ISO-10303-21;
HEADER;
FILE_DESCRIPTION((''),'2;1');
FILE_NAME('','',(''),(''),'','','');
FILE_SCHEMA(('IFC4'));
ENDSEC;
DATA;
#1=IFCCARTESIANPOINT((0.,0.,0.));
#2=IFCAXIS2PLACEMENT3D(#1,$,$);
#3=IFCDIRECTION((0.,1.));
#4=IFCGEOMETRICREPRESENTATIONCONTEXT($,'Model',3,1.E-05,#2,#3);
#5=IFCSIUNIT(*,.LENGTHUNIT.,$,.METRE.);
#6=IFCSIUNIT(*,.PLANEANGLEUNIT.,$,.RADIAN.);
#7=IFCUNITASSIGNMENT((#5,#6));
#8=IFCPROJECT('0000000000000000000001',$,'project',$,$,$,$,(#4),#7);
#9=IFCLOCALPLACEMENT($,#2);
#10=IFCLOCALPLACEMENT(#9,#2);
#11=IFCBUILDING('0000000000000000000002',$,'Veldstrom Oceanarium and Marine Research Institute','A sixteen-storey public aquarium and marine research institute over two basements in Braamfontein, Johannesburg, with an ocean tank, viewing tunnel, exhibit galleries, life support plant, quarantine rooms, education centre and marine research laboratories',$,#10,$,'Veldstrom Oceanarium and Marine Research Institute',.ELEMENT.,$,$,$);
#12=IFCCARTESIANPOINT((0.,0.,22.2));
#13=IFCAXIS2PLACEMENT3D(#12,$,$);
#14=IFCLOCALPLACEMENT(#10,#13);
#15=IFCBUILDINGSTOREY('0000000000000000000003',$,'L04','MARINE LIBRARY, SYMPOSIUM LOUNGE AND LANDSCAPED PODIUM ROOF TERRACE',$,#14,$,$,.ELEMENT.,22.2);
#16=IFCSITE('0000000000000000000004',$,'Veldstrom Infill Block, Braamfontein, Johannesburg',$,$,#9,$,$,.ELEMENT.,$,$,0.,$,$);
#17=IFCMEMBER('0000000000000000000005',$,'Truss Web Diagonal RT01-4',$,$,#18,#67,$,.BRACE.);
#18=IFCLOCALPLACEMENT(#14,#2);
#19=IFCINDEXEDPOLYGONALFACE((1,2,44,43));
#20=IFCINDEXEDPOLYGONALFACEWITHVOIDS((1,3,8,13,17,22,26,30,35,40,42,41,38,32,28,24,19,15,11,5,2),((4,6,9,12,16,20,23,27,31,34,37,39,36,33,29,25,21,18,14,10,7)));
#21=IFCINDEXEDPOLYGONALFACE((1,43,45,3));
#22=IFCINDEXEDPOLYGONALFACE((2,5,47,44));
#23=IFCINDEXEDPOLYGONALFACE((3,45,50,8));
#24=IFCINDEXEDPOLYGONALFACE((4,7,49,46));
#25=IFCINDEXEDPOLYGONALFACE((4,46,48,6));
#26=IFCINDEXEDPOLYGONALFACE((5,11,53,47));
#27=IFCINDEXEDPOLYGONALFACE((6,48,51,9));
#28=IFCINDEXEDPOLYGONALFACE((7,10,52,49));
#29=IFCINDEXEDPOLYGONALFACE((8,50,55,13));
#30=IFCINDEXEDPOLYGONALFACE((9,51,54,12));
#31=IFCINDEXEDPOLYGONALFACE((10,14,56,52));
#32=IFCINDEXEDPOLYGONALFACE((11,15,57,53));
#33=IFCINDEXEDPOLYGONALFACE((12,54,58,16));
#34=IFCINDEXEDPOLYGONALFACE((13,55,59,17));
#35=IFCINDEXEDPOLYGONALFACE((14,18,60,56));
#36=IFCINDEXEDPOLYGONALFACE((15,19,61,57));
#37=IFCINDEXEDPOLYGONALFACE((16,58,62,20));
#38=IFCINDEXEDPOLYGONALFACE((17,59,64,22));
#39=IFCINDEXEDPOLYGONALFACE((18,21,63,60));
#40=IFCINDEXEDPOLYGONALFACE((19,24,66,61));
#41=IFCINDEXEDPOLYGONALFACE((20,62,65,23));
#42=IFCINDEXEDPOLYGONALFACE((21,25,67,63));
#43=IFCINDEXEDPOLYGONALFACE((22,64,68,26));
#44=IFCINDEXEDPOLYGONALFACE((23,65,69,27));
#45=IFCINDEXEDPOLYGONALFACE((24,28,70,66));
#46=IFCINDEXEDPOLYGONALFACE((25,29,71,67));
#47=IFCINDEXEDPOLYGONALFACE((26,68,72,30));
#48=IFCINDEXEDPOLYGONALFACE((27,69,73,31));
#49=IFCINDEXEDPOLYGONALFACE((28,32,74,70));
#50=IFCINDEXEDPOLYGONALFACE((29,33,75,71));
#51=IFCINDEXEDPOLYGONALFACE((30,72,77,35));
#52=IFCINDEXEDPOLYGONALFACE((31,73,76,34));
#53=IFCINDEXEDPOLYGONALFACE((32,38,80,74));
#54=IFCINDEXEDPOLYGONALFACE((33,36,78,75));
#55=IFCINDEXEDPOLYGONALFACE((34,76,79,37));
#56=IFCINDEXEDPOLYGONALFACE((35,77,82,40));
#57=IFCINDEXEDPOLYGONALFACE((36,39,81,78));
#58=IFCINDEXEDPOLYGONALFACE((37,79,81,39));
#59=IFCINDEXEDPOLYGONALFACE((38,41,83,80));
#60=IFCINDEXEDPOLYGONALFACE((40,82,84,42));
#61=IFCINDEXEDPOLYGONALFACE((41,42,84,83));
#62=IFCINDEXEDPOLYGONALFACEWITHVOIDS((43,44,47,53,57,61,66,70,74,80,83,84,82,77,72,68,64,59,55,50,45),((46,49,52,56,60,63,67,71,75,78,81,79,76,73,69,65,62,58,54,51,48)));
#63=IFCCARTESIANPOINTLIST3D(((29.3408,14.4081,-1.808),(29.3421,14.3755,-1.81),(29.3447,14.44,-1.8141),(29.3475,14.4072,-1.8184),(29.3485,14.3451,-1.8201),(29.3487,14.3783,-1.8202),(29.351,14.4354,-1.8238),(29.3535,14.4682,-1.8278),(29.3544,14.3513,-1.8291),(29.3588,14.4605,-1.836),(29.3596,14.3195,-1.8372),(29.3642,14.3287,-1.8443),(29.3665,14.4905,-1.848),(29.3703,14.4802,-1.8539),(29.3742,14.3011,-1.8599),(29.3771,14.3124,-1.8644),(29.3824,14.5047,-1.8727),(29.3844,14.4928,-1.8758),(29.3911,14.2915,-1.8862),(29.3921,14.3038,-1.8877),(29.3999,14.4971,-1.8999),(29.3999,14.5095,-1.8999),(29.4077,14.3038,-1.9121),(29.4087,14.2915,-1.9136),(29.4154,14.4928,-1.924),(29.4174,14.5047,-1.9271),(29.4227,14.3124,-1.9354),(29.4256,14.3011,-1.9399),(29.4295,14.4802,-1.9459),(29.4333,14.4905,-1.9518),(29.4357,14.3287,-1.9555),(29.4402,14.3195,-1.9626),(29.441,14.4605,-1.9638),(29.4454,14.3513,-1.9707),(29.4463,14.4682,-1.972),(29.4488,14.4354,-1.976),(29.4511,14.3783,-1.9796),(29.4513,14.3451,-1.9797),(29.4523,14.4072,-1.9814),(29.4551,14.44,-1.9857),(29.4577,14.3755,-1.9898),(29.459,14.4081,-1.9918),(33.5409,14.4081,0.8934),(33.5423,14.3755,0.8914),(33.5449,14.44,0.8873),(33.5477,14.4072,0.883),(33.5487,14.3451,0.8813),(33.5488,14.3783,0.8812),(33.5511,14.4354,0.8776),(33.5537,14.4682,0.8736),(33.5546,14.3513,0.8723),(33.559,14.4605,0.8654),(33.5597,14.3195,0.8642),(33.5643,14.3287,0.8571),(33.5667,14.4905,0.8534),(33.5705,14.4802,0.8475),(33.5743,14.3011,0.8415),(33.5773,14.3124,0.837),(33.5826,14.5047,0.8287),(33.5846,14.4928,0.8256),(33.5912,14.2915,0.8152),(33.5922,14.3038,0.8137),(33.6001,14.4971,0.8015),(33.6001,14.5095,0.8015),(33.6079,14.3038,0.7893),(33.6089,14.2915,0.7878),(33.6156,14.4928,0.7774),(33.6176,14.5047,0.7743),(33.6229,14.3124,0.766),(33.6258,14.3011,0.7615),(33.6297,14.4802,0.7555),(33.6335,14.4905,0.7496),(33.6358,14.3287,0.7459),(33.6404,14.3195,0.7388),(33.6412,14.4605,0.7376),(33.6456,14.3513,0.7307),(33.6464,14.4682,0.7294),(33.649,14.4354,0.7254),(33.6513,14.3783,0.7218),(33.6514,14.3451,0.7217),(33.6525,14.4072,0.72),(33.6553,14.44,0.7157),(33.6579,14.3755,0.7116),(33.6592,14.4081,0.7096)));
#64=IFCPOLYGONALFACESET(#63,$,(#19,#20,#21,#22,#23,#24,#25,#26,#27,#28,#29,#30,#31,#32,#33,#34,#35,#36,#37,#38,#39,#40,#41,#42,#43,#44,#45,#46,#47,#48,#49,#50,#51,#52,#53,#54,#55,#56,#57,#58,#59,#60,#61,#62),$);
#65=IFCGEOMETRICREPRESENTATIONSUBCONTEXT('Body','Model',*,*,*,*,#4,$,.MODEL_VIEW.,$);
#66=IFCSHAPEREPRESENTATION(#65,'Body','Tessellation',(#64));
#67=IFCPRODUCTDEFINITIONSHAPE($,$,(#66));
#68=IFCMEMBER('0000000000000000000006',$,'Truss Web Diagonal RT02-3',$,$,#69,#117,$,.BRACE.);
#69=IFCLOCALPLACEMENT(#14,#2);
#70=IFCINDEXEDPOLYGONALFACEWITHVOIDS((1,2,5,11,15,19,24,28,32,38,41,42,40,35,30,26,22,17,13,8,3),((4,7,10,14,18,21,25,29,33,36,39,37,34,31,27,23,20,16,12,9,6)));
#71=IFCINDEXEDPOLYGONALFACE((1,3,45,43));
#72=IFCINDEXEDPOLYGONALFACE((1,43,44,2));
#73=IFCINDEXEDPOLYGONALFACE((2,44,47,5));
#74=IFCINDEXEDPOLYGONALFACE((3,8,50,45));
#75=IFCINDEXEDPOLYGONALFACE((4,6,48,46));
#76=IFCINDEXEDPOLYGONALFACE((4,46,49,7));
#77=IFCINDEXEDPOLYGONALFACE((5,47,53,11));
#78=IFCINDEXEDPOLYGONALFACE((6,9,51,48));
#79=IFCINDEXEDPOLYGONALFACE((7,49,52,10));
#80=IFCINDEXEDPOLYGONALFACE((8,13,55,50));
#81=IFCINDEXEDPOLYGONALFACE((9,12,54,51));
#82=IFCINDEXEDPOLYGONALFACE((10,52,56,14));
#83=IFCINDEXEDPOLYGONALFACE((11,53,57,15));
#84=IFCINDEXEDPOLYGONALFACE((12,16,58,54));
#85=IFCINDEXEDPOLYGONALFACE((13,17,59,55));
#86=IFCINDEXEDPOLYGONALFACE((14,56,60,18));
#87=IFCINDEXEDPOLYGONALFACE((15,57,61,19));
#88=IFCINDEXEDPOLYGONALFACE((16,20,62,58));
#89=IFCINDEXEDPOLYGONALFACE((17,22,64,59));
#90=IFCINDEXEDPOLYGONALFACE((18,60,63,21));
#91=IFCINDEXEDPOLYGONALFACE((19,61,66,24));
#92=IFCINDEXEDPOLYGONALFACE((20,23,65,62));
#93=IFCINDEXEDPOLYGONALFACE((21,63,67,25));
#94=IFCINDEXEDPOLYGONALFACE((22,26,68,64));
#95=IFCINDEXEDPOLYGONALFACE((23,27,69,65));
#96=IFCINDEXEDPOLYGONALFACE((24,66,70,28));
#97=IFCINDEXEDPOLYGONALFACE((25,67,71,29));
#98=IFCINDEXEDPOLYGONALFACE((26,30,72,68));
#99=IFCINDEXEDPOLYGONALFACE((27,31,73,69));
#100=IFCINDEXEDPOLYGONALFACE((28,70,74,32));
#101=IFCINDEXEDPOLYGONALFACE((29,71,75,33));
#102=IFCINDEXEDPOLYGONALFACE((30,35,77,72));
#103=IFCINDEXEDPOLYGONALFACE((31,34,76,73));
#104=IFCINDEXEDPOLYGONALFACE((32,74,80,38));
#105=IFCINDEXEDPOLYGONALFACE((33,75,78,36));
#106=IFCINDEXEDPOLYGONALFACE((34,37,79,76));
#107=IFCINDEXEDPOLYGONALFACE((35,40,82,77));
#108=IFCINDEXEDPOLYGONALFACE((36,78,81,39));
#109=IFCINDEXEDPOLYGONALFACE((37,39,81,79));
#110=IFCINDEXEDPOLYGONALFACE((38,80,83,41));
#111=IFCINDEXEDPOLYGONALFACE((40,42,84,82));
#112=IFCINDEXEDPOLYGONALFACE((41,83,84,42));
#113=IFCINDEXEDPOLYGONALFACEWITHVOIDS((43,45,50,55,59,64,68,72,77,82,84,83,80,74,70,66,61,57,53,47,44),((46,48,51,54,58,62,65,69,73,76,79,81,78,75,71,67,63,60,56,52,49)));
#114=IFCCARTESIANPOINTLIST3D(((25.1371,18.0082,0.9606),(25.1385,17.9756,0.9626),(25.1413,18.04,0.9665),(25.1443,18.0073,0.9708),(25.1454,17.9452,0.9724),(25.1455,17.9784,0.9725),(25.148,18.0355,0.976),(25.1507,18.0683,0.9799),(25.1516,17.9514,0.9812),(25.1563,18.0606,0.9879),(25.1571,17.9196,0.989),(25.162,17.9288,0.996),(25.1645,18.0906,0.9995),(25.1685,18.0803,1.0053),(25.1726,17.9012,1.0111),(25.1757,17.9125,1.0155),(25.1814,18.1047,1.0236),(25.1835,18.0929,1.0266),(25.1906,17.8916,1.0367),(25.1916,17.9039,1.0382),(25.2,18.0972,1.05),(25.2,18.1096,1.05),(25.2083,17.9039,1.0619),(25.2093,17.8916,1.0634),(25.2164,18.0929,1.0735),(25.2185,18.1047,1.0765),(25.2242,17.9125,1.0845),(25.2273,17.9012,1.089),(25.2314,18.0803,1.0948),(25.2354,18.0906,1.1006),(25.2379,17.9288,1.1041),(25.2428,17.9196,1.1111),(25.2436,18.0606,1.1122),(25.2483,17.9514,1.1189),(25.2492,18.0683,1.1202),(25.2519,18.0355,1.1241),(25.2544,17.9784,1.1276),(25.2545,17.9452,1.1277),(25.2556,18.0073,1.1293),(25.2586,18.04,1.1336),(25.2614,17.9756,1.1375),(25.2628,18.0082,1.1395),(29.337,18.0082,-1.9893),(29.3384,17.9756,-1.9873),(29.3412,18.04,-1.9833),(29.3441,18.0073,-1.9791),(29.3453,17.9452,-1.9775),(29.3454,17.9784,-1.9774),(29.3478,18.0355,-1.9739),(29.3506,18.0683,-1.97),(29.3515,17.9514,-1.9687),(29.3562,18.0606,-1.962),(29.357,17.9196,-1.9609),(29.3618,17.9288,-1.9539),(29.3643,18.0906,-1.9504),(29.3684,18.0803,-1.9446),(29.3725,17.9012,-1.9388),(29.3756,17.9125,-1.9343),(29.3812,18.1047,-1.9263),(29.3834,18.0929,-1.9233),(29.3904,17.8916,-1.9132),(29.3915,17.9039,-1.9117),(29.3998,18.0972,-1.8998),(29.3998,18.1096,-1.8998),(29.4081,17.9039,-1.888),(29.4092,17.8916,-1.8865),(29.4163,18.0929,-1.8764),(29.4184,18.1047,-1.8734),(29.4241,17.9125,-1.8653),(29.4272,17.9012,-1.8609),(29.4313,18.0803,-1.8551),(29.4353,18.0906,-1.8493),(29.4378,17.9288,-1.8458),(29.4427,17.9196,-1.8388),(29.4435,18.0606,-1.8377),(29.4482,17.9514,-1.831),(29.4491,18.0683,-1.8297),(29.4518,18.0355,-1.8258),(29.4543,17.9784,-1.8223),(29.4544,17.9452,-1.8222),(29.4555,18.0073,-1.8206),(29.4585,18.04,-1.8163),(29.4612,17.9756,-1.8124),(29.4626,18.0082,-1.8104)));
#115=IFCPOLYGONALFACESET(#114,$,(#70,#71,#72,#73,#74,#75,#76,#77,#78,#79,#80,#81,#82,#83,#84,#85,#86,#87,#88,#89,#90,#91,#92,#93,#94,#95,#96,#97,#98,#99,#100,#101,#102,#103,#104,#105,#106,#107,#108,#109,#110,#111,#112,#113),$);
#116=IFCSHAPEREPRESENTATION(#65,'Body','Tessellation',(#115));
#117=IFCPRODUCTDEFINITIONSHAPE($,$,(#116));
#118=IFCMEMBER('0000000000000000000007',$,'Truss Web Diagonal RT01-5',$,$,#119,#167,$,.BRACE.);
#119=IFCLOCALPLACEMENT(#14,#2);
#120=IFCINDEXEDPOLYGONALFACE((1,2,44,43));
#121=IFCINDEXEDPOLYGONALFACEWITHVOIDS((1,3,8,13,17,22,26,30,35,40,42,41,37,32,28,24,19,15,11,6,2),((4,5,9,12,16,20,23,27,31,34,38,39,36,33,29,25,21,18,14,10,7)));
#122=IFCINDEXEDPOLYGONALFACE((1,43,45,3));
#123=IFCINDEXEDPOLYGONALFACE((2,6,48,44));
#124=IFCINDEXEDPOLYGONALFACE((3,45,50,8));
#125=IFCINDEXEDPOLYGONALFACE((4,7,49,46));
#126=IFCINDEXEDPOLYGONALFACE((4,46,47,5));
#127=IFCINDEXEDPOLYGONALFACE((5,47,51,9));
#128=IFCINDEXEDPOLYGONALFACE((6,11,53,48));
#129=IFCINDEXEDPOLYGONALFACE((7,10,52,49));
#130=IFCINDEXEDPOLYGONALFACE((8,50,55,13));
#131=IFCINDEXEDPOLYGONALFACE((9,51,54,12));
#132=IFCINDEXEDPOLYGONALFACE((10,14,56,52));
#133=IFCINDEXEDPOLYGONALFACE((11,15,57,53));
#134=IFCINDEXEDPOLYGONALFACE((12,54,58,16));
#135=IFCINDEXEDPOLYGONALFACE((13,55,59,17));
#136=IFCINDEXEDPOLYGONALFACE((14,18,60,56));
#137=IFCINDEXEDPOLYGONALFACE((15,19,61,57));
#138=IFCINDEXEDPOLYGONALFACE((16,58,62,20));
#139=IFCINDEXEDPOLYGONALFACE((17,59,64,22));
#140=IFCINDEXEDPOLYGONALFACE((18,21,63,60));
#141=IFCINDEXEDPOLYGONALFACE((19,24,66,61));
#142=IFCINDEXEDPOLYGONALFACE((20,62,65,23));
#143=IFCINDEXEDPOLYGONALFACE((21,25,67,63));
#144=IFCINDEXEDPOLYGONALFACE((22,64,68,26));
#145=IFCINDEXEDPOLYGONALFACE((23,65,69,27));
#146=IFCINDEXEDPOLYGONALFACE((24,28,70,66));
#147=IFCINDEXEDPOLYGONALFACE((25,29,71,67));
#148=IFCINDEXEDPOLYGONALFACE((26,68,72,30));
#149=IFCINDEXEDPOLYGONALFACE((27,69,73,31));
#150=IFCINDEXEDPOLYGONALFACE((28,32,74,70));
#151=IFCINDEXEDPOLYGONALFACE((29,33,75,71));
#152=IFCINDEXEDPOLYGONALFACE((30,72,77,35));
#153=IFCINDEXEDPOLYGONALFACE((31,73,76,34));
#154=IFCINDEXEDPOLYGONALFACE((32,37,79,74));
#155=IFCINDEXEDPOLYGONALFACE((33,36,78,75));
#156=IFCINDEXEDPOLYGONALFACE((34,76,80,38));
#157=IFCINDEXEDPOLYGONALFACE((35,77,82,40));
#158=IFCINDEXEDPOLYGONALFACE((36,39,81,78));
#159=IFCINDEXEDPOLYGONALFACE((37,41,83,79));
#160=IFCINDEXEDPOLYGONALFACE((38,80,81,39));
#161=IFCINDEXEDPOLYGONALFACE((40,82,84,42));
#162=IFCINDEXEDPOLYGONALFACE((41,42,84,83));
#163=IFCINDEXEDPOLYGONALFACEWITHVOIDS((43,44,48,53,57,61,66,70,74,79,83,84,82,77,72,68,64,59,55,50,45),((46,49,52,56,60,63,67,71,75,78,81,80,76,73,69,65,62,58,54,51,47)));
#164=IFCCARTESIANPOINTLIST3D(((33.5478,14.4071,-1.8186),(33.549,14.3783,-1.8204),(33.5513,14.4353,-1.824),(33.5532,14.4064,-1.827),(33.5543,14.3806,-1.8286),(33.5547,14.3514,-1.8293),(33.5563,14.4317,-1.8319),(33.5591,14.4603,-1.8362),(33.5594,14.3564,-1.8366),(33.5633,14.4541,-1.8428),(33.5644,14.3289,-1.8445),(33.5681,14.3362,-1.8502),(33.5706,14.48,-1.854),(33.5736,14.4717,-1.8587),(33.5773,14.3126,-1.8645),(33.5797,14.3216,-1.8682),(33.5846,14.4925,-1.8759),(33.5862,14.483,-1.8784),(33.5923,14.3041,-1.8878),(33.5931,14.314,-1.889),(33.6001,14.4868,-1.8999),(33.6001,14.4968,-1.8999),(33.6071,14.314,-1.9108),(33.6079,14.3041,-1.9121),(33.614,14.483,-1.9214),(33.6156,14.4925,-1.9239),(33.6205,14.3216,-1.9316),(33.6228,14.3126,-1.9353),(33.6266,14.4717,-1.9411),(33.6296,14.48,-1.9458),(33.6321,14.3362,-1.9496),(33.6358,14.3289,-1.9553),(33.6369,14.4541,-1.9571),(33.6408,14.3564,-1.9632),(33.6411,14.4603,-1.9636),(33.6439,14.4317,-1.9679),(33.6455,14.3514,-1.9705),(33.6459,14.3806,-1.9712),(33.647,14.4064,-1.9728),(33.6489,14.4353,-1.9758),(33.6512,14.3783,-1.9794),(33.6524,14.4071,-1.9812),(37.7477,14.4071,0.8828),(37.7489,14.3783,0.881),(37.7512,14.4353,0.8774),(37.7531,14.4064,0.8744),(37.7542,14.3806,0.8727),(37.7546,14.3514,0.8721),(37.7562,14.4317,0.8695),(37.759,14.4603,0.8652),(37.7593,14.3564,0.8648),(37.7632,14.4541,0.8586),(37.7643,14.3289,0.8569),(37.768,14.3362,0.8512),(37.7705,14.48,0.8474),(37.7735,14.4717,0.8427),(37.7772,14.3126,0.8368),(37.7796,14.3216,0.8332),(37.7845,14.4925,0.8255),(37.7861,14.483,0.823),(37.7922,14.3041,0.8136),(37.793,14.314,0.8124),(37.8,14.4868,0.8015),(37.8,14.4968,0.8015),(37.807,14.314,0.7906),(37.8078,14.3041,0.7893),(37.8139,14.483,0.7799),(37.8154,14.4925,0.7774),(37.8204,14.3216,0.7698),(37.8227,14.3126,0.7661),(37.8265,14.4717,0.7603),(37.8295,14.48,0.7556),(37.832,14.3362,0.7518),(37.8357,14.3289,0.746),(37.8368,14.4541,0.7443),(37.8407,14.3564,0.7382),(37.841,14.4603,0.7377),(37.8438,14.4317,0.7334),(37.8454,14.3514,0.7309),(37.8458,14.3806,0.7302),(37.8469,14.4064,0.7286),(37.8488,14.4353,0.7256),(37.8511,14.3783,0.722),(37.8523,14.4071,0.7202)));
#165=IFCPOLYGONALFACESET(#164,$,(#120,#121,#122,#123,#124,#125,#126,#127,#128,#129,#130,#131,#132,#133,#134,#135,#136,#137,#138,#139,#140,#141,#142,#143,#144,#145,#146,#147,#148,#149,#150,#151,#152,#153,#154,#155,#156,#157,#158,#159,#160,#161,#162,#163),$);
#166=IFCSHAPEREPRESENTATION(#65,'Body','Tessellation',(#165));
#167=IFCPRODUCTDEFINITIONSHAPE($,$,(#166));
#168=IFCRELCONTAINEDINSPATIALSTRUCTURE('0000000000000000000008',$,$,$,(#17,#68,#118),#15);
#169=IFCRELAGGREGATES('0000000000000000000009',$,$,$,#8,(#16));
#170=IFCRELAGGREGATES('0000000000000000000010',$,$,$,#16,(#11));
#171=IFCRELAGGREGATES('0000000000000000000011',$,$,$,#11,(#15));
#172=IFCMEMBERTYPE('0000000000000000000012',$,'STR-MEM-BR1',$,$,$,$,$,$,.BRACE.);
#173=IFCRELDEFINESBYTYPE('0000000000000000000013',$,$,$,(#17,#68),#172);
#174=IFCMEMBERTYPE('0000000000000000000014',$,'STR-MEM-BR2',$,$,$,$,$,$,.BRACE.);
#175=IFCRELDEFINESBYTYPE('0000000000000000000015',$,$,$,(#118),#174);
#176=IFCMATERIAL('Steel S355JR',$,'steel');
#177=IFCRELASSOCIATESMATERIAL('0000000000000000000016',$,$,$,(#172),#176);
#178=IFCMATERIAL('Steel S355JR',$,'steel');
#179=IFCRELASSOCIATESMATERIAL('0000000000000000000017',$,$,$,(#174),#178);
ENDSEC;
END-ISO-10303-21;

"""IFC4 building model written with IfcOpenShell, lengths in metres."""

from ifc_helpers import new_model, si_unit, direction, frame, origin, origin_2d, place, context, subcontext, project, spatial, hollow_circle, extrude, material, material_profile, profile_set, type_object, element, save


model = new_model("IFC4")

# Units and contexts
model_context = context("Model", 3, precision=1e-05, world=origin(), true_north=direction((0.0, 1.0)))
body_context = subcontext(model_context, "Body", "Model", "MODEL_VIEW")
ifc_project = project(units=[si_unit("LENGTHUNIT", "METRE"), si_unit("PLANEANGLEUNIT", "RADIAN")], contexts=[model_context])

# Site, building, storey
site_placement = place(None, origin())
site = spatial("IfcSite", under=ifc_project, at=site_placement, Name="Veldstrom Infill Block, Braamfontein, Johannesburg", CompositionType="ELEMENT", RefElevation=0.0)
building_placement = place(site_placement, origin())
building = spatial("IfcBuilding", under=site, at=building_placement, Name="Veldstrom Oceanarium and Marine Research Institute", Description="A sixteen-storey public aquarium and marine research institute over two basements in Braamfontein, Johannesburg, with an ocean tank, viewing tunnel, exhibit galleries, life support plant, quarantine rooms, education centre and marine research laboratories", LongName="Veldstrom Oceanarium and Marine Research Institute", CompositionType="ELEMENT")
storey_placement = place(building_placement, frame((0.0, 0.0, 22.2)))
storey = spatial("IfcBuildingStorey", under=building, at=storey_placement, Name="L04", Description="MARINE LIBRARY, SYMPOSIUM LOUNGE AND LANDSCAPED PODIUM ROOF TERRACE", CompositionType="ELEMENT", Elevation=22.2)

# Members
ifc_material_1 = material(Name="Steel S355JR", Category="steel")
ifc_material_profile_1 = material_profile(ifc_material_1, hollow_circle(Radius=0.1096, WallThickness=0.0125, at=origin_2d()), Name="CHS 219.1x12.5")
ifc_profile_set_1 = profile_set([ifc_material_profile_1], Name="Steel S355JR")
member_type_1 = type_object("IfcMemberType", Name="STR-MEM-BR1", PredefinedType="BRACE", material=ifc_profile_set_1)
member_1_placement = place(storey_placement, frame((29.3999, 14.3999, -1.8999), z_axis=(0.841061, 0.0, 0.54094), x_axis=(0.0, 1.0, 0.0)))
element("IfcMember", 1, at=member_1_placement, inside=storey, type_object=member_type_1, Name="Truss Web Diagonal RT01-4", PredefinedType="BRACE", context=body_context, shape_type="SweptSolid", body=[
    extrude(hollow_circle(Radius=0.1096, WallThickness=0.0125, at=origin_2d()), origin(), (0.0, 0.0, 1.0), 4.9939),
])
member_2_placement = place(storey_placement, frame((25.2, 18.0, 1.05), z_axis=(0.818317, 0.0, -0.574767), x_axis=(0.0, 1.0, 0.0)))
element("IfcMember", 2, at=member_2_placement, inside=storey, type_object=member_type_1, Name="Truss Web Diagonal RT02-3", PredefinedType="BRACE", context=body_context, shape_type="SweptSolid", body=[
    extrude(hollow_circle(Radius=0.1096, WallThickness=0.0125, at=origin_2d()), origin(), (0.0, 0.0, 1.0), 5.1323),
])
ifc_material_2 = material(Name="Steel S355JR", Category="steel")
ifc_material_profile_2 = material_profile(ifc_material_2, hollow_circle(Radius=0.0969, WallThickness=0.01, at=origin_2d()), Name="CHS 193.7x10")
ifc_profile_set_2 = profile_set([ifc_material_profile_2], Name="Steel S355JR")
member_type_2 = type_object("IfcMemberType", Name="STR-MEM-BR2", PredefinedType="BRACE", material=ifc_profile_set_2)
member_3_placement = place(storey_placement, frame((33.6001, 14.3999, -1.8999), z_axis=(0.841047, 0.0, 0.540963), x_axis=(0.0, 1.0, 0.0)))
element("IfcMember", 3, at=member_3_placement, inside=storey, type_object=member_type_2, Name="Truss Web Diagonal RT01-5", PredefinedType="BRACE", context=body_context, shape_type="SweptSolid", body=[
    extrude(hollow_circle(Radius=0.0969, WallThickness=0.01, at=origin_2d()), origin(), (0.0, 0.0, 1.0), 4.9937),
])

save(model, "model.ifc")
